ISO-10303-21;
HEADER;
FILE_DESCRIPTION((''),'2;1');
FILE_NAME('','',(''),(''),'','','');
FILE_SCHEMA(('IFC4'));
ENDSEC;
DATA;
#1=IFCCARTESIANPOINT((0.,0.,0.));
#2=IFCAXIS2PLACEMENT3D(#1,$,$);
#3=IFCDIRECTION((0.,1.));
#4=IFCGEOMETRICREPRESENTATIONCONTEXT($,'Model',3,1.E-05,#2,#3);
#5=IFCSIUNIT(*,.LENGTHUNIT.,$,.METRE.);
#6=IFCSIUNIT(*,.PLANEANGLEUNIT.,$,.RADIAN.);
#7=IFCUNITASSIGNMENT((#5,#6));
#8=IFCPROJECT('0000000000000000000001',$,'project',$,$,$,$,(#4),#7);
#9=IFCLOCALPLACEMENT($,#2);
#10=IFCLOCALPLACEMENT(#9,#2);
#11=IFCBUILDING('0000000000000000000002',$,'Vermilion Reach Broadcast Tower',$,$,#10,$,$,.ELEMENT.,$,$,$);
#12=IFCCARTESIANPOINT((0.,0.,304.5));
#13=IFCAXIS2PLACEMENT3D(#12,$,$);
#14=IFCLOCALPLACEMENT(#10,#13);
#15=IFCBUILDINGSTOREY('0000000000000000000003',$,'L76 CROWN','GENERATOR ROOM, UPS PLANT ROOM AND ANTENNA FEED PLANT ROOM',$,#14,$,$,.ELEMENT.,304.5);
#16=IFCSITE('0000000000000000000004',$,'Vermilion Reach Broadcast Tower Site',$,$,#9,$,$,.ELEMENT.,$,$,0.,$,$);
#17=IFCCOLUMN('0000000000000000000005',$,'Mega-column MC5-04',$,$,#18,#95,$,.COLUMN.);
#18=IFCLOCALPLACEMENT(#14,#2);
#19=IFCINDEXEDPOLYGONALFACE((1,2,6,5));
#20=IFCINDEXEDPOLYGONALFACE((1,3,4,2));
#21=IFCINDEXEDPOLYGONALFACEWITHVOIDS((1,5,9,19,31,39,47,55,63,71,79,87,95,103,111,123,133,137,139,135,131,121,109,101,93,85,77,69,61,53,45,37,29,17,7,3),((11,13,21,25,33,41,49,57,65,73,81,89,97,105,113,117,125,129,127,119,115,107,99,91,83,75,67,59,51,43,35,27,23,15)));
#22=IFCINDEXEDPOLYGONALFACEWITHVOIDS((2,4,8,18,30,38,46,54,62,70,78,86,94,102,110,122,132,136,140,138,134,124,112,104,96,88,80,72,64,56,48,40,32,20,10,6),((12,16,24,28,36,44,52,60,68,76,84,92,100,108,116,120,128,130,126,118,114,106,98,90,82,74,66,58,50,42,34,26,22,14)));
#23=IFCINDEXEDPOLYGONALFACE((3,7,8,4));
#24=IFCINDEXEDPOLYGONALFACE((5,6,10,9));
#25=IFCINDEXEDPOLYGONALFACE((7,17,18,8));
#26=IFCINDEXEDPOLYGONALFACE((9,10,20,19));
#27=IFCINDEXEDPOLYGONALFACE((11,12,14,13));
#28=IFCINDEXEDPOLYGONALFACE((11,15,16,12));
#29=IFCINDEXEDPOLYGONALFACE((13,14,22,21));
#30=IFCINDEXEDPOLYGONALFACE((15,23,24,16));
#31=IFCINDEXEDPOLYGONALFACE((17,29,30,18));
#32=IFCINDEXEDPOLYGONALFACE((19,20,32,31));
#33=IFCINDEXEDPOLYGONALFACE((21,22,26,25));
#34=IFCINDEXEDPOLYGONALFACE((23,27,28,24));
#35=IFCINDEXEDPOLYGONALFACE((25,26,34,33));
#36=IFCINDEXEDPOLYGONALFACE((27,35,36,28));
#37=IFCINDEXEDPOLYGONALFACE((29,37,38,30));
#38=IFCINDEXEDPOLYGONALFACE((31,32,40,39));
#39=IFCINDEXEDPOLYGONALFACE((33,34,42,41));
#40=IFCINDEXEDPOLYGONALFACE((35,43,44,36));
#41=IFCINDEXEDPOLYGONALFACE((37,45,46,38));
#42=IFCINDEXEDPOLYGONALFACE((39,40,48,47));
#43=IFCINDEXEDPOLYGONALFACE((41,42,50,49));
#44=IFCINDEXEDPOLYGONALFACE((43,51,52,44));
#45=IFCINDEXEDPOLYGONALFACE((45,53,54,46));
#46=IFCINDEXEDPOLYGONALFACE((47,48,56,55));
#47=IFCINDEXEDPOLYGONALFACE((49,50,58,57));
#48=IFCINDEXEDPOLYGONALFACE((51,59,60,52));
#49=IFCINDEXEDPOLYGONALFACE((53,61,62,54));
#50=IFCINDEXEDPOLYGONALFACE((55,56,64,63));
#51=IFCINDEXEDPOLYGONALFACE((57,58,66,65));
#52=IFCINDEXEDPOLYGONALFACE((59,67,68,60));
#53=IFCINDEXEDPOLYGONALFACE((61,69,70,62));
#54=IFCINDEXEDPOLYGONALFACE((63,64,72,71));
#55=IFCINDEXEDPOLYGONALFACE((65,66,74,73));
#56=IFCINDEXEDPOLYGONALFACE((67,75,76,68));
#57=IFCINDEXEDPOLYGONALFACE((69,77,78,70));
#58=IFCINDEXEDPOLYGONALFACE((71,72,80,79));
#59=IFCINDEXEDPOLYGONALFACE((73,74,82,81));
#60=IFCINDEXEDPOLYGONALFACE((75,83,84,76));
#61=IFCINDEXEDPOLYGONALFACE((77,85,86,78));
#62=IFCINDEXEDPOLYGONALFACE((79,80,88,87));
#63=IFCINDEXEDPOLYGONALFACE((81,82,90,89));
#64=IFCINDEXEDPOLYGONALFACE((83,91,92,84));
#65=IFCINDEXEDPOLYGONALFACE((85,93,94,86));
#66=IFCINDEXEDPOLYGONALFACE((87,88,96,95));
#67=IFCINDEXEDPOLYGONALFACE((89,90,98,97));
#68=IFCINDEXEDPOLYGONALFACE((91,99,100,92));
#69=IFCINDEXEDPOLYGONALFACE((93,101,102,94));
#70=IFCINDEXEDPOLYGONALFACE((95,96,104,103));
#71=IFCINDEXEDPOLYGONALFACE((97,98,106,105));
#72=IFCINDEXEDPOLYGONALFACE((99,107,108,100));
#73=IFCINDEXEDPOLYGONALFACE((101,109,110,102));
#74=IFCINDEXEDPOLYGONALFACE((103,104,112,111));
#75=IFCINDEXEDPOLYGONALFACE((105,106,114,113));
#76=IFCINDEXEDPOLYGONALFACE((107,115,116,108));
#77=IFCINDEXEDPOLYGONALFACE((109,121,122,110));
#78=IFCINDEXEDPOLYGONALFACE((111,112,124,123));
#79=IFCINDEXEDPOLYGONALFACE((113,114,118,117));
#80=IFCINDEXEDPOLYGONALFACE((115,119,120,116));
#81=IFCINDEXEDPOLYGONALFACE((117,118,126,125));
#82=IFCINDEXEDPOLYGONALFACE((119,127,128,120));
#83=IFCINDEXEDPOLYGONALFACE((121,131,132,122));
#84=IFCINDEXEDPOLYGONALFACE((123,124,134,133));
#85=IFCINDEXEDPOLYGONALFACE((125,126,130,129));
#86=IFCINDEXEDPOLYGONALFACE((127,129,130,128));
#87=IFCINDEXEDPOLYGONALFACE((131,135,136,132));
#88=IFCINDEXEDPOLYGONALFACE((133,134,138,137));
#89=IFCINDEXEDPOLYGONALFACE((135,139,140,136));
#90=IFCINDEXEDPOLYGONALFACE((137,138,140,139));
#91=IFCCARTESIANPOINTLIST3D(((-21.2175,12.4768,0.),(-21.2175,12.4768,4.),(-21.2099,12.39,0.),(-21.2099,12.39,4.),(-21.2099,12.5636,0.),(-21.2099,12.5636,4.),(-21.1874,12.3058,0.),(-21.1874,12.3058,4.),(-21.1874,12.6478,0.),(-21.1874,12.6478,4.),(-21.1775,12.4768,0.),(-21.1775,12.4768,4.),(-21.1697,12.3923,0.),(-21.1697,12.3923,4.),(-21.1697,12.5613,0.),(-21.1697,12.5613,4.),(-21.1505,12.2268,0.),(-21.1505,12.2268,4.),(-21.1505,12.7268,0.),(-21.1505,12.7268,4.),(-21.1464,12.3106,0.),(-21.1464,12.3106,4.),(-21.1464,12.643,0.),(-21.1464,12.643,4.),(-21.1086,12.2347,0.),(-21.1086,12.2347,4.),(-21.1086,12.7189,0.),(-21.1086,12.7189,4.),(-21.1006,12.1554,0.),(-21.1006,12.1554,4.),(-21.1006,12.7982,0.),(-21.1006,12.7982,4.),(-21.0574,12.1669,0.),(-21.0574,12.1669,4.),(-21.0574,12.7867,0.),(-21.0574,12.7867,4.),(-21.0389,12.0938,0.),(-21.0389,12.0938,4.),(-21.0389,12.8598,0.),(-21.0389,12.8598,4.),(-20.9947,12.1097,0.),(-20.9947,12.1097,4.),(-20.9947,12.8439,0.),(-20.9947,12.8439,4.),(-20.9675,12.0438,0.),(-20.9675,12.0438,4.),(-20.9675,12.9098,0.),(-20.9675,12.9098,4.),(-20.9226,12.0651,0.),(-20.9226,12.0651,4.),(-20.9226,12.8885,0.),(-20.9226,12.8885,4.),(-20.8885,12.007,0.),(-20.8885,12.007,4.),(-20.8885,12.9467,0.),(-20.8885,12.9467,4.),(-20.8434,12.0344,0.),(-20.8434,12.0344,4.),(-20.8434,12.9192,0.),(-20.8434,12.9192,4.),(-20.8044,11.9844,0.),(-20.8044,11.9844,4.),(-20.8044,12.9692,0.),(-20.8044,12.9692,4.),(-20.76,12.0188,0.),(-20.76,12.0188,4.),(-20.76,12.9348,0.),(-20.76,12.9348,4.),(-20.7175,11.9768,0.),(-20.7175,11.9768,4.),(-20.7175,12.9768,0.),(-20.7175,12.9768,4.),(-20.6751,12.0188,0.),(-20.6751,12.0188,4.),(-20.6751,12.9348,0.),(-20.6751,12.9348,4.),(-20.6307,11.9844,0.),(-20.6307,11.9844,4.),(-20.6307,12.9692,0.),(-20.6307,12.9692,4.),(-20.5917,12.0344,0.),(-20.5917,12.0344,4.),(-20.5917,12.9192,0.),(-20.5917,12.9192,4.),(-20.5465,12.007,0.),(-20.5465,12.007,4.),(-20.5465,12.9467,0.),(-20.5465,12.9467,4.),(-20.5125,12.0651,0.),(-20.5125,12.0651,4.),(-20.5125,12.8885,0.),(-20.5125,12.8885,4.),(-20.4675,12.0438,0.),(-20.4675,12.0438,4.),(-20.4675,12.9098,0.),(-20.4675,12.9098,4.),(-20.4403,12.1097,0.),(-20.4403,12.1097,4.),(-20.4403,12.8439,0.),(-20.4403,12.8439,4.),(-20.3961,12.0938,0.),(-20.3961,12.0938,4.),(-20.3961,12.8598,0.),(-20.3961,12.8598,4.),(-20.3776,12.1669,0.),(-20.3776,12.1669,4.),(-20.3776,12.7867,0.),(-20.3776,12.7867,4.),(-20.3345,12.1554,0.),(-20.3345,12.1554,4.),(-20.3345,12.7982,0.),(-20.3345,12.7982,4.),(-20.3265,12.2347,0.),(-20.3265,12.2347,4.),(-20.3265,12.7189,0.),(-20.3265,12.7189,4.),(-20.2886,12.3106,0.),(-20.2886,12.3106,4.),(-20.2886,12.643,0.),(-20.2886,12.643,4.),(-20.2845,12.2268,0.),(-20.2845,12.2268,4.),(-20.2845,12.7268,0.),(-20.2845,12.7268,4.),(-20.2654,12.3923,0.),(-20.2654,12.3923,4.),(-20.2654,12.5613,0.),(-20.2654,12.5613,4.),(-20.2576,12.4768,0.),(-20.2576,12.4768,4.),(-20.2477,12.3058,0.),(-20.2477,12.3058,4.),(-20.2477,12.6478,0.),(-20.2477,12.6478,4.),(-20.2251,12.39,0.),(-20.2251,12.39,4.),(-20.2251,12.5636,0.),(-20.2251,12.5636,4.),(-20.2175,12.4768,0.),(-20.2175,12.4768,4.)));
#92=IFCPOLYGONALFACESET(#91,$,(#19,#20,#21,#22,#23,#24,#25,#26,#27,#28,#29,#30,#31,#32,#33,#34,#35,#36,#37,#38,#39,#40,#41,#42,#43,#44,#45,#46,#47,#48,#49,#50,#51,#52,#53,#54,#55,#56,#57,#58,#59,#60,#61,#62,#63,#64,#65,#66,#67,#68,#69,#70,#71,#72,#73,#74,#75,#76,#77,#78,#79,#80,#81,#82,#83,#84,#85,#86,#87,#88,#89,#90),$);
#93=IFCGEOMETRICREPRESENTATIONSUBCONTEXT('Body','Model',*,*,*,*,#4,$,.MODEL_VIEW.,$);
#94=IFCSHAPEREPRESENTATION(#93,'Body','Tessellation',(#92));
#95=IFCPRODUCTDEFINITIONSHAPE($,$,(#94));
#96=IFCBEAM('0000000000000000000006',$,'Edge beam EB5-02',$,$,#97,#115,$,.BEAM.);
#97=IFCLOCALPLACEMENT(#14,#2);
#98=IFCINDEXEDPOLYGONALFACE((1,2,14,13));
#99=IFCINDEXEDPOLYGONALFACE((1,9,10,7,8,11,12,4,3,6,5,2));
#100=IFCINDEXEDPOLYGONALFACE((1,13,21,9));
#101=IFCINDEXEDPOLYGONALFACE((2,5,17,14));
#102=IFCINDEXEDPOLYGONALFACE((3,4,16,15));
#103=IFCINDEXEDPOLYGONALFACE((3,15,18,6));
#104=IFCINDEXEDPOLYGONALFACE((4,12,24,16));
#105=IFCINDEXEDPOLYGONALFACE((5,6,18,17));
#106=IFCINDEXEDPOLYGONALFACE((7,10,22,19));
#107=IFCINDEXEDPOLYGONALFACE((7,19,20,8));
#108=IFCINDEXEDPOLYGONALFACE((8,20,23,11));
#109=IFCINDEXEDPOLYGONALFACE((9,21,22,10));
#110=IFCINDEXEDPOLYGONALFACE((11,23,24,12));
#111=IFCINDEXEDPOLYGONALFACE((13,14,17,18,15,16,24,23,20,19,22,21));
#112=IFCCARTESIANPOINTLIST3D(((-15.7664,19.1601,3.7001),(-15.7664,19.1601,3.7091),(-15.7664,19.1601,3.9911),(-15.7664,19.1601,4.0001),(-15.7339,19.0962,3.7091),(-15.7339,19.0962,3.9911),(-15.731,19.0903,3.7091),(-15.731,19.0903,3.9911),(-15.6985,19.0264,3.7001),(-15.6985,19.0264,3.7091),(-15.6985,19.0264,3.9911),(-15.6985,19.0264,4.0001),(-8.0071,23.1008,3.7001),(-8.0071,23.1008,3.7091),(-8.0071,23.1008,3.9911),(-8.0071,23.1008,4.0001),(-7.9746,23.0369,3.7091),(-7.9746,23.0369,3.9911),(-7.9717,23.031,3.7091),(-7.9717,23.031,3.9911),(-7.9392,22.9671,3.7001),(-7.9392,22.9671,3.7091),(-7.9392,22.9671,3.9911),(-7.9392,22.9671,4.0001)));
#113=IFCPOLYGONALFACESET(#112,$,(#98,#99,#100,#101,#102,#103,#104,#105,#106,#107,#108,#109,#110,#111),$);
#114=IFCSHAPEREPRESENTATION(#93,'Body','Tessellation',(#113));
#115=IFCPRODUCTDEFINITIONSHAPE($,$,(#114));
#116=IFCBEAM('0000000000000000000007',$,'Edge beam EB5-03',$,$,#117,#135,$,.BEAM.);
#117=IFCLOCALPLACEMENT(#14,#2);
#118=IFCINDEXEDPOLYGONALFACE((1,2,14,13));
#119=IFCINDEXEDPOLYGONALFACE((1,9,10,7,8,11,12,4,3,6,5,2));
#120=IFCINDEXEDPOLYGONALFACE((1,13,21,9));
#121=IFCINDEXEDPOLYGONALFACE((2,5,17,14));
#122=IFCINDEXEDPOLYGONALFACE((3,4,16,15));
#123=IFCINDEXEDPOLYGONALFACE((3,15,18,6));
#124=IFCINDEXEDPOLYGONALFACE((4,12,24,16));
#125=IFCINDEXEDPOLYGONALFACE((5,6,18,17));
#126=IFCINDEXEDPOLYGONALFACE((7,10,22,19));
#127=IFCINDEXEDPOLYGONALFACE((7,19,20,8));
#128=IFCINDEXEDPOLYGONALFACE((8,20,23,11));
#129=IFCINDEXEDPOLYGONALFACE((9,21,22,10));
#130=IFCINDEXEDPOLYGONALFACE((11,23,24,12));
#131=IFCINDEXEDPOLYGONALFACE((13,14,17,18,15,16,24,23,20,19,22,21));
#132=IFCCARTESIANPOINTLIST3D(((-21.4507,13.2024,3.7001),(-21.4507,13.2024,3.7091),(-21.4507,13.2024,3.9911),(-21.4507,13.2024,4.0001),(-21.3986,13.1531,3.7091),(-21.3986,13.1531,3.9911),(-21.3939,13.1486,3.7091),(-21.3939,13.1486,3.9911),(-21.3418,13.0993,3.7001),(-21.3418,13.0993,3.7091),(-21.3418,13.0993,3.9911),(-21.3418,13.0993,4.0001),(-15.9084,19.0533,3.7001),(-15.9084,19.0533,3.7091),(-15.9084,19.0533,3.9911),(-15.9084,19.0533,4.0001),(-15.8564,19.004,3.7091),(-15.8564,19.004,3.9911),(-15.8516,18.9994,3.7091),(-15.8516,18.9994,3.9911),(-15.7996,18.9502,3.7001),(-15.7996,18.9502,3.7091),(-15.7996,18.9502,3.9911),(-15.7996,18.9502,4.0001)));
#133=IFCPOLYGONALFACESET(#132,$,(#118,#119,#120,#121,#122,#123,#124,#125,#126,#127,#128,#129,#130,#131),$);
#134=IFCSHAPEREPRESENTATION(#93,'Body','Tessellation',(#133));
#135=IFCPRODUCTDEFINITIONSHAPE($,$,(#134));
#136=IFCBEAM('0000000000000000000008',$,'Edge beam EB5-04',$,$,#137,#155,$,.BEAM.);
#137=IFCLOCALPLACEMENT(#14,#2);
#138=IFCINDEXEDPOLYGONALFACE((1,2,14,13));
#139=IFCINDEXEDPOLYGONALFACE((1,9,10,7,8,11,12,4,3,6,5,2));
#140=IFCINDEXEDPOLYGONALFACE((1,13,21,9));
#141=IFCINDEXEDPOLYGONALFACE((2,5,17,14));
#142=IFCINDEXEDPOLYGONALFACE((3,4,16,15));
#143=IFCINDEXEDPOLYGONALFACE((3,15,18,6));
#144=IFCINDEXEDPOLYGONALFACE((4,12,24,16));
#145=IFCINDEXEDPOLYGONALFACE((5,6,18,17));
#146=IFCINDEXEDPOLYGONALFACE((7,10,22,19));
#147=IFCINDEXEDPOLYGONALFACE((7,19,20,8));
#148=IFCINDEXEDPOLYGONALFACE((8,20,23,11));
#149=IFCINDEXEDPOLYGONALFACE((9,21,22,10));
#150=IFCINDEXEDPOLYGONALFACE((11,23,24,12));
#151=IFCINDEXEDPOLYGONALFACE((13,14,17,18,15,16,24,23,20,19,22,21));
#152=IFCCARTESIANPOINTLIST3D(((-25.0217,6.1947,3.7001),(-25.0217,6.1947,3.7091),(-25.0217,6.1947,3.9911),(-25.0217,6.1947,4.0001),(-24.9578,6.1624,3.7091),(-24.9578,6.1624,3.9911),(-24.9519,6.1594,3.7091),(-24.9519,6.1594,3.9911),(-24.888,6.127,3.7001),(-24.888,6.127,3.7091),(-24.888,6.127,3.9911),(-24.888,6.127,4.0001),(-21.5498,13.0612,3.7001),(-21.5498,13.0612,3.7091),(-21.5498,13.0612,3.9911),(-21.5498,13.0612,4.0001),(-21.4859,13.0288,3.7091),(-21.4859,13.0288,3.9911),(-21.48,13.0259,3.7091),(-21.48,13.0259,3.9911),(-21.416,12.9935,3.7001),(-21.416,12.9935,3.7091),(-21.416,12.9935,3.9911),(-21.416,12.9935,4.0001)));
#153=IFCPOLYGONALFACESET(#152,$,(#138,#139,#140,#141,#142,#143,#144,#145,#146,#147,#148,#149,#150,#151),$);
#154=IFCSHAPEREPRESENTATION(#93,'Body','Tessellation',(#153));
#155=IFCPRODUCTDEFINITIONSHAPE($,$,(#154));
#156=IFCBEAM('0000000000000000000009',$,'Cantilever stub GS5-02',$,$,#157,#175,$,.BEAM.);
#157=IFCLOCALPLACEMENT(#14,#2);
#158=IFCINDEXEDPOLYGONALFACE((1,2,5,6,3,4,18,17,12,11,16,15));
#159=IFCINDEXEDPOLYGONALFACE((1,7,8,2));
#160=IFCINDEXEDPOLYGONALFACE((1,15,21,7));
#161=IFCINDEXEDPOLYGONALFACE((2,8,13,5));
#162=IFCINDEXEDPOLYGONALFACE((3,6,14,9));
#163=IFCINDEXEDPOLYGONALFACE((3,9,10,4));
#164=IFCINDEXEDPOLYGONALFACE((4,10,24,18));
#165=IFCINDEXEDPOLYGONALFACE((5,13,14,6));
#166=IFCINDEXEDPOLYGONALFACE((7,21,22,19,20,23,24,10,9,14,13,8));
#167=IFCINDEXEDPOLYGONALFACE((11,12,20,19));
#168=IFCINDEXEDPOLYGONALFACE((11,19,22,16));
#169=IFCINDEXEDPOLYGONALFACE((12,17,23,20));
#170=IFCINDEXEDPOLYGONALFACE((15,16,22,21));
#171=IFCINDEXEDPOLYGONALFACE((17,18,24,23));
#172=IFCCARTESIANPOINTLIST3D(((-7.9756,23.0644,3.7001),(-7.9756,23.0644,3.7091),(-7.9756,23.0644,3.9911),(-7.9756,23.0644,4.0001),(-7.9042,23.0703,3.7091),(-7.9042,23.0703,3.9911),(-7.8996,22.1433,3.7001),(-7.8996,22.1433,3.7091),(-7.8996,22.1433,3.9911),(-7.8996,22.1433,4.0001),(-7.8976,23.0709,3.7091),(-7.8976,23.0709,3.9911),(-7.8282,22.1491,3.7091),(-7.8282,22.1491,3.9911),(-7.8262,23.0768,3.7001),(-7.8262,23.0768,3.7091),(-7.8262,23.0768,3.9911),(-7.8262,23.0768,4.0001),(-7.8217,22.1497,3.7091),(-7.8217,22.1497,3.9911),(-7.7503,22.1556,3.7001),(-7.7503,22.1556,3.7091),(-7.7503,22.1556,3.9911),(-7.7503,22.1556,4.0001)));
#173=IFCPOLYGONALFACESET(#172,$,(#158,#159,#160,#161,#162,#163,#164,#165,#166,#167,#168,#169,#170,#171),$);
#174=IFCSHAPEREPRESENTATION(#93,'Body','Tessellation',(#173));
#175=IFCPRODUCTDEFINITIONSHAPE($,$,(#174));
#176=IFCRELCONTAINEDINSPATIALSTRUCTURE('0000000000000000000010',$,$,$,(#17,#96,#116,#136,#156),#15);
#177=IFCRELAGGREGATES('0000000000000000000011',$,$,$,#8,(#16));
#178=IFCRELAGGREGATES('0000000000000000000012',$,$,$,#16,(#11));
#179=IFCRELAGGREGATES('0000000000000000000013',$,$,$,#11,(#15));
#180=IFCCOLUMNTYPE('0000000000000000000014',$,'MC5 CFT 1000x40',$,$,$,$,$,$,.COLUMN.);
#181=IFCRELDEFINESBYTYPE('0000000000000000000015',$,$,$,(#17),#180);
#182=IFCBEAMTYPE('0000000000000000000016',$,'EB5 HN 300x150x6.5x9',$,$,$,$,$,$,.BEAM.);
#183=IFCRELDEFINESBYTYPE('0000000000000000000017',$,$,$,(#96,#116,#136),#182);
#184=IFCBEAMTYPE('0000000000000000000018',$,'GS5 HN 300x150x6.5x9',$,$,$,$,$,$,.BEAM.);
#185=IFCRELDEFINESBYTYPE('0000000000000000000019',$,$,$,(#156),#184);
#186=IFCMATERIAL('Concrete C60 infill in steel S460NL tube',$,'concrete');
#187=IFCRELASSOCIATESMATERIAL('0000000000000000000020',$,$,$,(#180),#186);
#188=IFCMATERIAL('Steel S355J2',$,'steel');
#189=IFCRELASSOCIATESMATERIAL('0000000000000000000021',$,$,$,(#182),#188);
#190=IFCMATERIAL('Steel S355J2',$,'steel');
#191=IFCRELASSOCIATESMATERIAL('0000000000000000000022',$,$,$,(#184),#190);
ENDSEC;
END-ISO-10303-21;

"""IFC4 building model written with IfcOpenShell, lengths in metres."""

from ifc_helpers import new_model, si_unit, direction, frame, origin, origin_2d, place, context, subcontext, project, spatial, hollow_circle, i_section, extrude, material, material_profile, profile_set, type_object, element, save


model = new_model("IFC4")

# Units and contexts
model_context = context("Model", 3, precision=1e-05, world=origin(), true_north=direction((0.0, 1.0)))
body_context = subcontext(model_context, "Body", "Model", "MODEL_VIEW")
ifc_project = project(units=[si_unit("LENGTHUNIT", "METRE"), si_unit("PLANEANGLEUNIT", "RADIAN")], contexts=[model_context])

# Site, building, storey
site_placement = place(None, origin())
site = spatial("IfcSite", under=ifc_project, at=site_placement, Name="Vermilion Reach Broadcast Tower Site", CompositionType="ELEMENT", RefElevation=0.0)
building_placement = place(site_placement, origin())
building = spatial("IfcBuilding", under=site, at=building_placement, Name="Vermilion Reach Broadcast Tower", CompositionType="ELEMENT")
storey_placement = place(building_placement, frame((0.0, 0.0, 304.5)))
storey = spatial("IfcBuildingStorey", under=building, at=storey_placement, Name="L76 CROWN", Description="GENERATOR ROOM, UPS PLANT ROOM AND ANTENNA FEED PLANT ROOM", CompositionType="ELEMENT", Elevation=304.5)

# Column
ifc_material_1 = material(Name="Concrete C60 infill in steel S460NL tube", Category="concrete")
ifc_material_profile_1 = material_profile(ifc_material_1, hollow_circle(Radius=0.5, WallThickness=0.04, at=origin_2d()), Name="Concrete C60 infill in steel S460NL tube CFT 1000x40")
ifc_profile_set_1 = profile_set([ifc_material_profile_1], Name="Concrete C60 infill in steel S460NL tube")
column_type = type_object("IfcColumnType", Name="MC5 CFT 1000x40", PredefinedType="COLUMN", material=ifc_profile_set_1)
for number, where, z_axis, x_axis, name in (
    (1, (-20.7175, 12.4768, 0.0), (0.0, 0.0, 1.0), (1.0, 0.0, 0.0), "Mega-column MC5-04"),
):
    element("IfcColumn", number, at=place(storey_placement, frame(where, z_axis=z_axis, x_axis=x_axis)), inside=storey, type_object=column_type, Name=name, PredefinedType="COLUMN", context=body_context, shape_type="SweptSolid", body=[
        extrude(hollow_circle(Radius=0.5, WallThickness=0.04, at=origin_2d()), origin(), (0.0, 0.0, 1.0), 4.0),
    ])

# Beams
ifc_material_2 = material(Name="Steel S355J2", Category="steel")
ifc_material_profile_2 = material_profile(ifc_material_2, i_section(OverallWidth=0.1499, OverallDepth=0.3, WebThickness=0.0066, FlangeThickness=0.009, at=origin_2d()), Name="S355J2 HN 300x150x6.5x9")
ifc_profile_set_2 = profile_set([ifc_material_profile_2], Name="Steel S355J2")
beam_type_1 = type_object("IfcBeamType", Name="EB5 HN 300x150x6.5x9", PredefinedType="BEAM", material=ifc_profile_set_2)
beam_1_placement = place(storey_placement, frame((-7.9731, 23.0339, 3.8501), z_axis=(-0.891604, -0.452816, 0.0), x_axis=(0.452816, -0.891604, 0.0)))
element("IfcBeam", 2, at=beam_1_placement, inside=storey, type_object=beam_type_1, Name="Edge beam EB5-02", PredefinedType="BEAM", context=body_context, shape_type="SweptSolid", body=[
    extrude(i_section(OverallWidth=0.1499, OverallDepth=0.3, WebThickness=0.0066, FlangeThickness=0.009, at=origin_2d()), origin(), (0.0, 0.0, 1.0), 8.7026),
])
beam_2_placement = place(storey_placement, frame((-15.854, 19.0017, 3.8501), z_axis=(-0.687702, -0.725993, 0.0), x_axis=(0.725993, -0.687702, 0.0)))
element("IfcBeam", 3, at=beam_2_placement, inside=storey, type_object=beam_type_1, Name="Edge beam EB5-03", PredefinedType="BEAM", context=body_context, shape_type="SweptSolid", body=[
    extrude(i_section(OverallWidth=0.1499, OverallDepth=0.3, WebThickness=0.0066, FlangeThickness=0.009, at=origin_2d()), origin(), (0.0, 0.0, 1.0), 8.0591),
])
beam_3_placement = place(storey_placement, frame((-21.4829, 13.0273, 3.8501), z_axis=(-0.451232, -0.892406, 0.0), x_axis=(0.892406, -0.451232, 0.0)))
element("IfcBeam", 4, at=beam_3_placement, inside=storey, type_object=beam_type_1, Name="Edge beam EB5-04", PredefinedType="BEAM", context=body_context, shape_type="SweptSolid", body=[
    extrude(i_section(OverallWidth=0.1499, OverallDepth=0.3, WebThickness=0.0066, FlangeThickness=0.009, at=origin_2d()), origin(), (0.0, 0.0, 1.0), 7.6943),
])
ifc_material_3 = material(Name="Steel S355J2", Category="steel")
ifc_material_profile_3 = material_profile(ifc_material_3, i_section(OverallWidth=0.1499, OverallDepth=0.3, WebThickness=0.0066, FlangeThickness=0.009, at=origin_2d()), Name="S355J2 HN 300x150x6.5x9")
ifc_profile_set_3 = profile_set([ifc_material_profile_3], Name="Steel S355J2")
beam_type_2 = type_object("IfcBeamType", Name="GS5 HN 300x150x6.5x9", PredefinedType="BEAM", material=ifc_profile_set_3)
beam_4_placement = place(storey_placement, frame((-7.825, 22.1494, 3.8501), z_axis=(-0.082149, 0.99662, 0.0), x_axis=(-0.99662, -0.082149, 0.0)))
element("IfcBeam", 5, at=beam_4_placement, inside=storey, type_object=beam_type_2, Name="Cantilever stub GS5-02", PredefinedType="BEAM", context=body_context, shape_type="SweptSolid", body=[
    extrude(i_section(OverallWidth=0.1499, OverallDepth=0.3, WebThickness=0.0066, FlangeThickness=0.009, at=origin_2d()), origin(), (0.0, 0.0, 1.0), 0.9243),
])

save(model, "model.ifc")
